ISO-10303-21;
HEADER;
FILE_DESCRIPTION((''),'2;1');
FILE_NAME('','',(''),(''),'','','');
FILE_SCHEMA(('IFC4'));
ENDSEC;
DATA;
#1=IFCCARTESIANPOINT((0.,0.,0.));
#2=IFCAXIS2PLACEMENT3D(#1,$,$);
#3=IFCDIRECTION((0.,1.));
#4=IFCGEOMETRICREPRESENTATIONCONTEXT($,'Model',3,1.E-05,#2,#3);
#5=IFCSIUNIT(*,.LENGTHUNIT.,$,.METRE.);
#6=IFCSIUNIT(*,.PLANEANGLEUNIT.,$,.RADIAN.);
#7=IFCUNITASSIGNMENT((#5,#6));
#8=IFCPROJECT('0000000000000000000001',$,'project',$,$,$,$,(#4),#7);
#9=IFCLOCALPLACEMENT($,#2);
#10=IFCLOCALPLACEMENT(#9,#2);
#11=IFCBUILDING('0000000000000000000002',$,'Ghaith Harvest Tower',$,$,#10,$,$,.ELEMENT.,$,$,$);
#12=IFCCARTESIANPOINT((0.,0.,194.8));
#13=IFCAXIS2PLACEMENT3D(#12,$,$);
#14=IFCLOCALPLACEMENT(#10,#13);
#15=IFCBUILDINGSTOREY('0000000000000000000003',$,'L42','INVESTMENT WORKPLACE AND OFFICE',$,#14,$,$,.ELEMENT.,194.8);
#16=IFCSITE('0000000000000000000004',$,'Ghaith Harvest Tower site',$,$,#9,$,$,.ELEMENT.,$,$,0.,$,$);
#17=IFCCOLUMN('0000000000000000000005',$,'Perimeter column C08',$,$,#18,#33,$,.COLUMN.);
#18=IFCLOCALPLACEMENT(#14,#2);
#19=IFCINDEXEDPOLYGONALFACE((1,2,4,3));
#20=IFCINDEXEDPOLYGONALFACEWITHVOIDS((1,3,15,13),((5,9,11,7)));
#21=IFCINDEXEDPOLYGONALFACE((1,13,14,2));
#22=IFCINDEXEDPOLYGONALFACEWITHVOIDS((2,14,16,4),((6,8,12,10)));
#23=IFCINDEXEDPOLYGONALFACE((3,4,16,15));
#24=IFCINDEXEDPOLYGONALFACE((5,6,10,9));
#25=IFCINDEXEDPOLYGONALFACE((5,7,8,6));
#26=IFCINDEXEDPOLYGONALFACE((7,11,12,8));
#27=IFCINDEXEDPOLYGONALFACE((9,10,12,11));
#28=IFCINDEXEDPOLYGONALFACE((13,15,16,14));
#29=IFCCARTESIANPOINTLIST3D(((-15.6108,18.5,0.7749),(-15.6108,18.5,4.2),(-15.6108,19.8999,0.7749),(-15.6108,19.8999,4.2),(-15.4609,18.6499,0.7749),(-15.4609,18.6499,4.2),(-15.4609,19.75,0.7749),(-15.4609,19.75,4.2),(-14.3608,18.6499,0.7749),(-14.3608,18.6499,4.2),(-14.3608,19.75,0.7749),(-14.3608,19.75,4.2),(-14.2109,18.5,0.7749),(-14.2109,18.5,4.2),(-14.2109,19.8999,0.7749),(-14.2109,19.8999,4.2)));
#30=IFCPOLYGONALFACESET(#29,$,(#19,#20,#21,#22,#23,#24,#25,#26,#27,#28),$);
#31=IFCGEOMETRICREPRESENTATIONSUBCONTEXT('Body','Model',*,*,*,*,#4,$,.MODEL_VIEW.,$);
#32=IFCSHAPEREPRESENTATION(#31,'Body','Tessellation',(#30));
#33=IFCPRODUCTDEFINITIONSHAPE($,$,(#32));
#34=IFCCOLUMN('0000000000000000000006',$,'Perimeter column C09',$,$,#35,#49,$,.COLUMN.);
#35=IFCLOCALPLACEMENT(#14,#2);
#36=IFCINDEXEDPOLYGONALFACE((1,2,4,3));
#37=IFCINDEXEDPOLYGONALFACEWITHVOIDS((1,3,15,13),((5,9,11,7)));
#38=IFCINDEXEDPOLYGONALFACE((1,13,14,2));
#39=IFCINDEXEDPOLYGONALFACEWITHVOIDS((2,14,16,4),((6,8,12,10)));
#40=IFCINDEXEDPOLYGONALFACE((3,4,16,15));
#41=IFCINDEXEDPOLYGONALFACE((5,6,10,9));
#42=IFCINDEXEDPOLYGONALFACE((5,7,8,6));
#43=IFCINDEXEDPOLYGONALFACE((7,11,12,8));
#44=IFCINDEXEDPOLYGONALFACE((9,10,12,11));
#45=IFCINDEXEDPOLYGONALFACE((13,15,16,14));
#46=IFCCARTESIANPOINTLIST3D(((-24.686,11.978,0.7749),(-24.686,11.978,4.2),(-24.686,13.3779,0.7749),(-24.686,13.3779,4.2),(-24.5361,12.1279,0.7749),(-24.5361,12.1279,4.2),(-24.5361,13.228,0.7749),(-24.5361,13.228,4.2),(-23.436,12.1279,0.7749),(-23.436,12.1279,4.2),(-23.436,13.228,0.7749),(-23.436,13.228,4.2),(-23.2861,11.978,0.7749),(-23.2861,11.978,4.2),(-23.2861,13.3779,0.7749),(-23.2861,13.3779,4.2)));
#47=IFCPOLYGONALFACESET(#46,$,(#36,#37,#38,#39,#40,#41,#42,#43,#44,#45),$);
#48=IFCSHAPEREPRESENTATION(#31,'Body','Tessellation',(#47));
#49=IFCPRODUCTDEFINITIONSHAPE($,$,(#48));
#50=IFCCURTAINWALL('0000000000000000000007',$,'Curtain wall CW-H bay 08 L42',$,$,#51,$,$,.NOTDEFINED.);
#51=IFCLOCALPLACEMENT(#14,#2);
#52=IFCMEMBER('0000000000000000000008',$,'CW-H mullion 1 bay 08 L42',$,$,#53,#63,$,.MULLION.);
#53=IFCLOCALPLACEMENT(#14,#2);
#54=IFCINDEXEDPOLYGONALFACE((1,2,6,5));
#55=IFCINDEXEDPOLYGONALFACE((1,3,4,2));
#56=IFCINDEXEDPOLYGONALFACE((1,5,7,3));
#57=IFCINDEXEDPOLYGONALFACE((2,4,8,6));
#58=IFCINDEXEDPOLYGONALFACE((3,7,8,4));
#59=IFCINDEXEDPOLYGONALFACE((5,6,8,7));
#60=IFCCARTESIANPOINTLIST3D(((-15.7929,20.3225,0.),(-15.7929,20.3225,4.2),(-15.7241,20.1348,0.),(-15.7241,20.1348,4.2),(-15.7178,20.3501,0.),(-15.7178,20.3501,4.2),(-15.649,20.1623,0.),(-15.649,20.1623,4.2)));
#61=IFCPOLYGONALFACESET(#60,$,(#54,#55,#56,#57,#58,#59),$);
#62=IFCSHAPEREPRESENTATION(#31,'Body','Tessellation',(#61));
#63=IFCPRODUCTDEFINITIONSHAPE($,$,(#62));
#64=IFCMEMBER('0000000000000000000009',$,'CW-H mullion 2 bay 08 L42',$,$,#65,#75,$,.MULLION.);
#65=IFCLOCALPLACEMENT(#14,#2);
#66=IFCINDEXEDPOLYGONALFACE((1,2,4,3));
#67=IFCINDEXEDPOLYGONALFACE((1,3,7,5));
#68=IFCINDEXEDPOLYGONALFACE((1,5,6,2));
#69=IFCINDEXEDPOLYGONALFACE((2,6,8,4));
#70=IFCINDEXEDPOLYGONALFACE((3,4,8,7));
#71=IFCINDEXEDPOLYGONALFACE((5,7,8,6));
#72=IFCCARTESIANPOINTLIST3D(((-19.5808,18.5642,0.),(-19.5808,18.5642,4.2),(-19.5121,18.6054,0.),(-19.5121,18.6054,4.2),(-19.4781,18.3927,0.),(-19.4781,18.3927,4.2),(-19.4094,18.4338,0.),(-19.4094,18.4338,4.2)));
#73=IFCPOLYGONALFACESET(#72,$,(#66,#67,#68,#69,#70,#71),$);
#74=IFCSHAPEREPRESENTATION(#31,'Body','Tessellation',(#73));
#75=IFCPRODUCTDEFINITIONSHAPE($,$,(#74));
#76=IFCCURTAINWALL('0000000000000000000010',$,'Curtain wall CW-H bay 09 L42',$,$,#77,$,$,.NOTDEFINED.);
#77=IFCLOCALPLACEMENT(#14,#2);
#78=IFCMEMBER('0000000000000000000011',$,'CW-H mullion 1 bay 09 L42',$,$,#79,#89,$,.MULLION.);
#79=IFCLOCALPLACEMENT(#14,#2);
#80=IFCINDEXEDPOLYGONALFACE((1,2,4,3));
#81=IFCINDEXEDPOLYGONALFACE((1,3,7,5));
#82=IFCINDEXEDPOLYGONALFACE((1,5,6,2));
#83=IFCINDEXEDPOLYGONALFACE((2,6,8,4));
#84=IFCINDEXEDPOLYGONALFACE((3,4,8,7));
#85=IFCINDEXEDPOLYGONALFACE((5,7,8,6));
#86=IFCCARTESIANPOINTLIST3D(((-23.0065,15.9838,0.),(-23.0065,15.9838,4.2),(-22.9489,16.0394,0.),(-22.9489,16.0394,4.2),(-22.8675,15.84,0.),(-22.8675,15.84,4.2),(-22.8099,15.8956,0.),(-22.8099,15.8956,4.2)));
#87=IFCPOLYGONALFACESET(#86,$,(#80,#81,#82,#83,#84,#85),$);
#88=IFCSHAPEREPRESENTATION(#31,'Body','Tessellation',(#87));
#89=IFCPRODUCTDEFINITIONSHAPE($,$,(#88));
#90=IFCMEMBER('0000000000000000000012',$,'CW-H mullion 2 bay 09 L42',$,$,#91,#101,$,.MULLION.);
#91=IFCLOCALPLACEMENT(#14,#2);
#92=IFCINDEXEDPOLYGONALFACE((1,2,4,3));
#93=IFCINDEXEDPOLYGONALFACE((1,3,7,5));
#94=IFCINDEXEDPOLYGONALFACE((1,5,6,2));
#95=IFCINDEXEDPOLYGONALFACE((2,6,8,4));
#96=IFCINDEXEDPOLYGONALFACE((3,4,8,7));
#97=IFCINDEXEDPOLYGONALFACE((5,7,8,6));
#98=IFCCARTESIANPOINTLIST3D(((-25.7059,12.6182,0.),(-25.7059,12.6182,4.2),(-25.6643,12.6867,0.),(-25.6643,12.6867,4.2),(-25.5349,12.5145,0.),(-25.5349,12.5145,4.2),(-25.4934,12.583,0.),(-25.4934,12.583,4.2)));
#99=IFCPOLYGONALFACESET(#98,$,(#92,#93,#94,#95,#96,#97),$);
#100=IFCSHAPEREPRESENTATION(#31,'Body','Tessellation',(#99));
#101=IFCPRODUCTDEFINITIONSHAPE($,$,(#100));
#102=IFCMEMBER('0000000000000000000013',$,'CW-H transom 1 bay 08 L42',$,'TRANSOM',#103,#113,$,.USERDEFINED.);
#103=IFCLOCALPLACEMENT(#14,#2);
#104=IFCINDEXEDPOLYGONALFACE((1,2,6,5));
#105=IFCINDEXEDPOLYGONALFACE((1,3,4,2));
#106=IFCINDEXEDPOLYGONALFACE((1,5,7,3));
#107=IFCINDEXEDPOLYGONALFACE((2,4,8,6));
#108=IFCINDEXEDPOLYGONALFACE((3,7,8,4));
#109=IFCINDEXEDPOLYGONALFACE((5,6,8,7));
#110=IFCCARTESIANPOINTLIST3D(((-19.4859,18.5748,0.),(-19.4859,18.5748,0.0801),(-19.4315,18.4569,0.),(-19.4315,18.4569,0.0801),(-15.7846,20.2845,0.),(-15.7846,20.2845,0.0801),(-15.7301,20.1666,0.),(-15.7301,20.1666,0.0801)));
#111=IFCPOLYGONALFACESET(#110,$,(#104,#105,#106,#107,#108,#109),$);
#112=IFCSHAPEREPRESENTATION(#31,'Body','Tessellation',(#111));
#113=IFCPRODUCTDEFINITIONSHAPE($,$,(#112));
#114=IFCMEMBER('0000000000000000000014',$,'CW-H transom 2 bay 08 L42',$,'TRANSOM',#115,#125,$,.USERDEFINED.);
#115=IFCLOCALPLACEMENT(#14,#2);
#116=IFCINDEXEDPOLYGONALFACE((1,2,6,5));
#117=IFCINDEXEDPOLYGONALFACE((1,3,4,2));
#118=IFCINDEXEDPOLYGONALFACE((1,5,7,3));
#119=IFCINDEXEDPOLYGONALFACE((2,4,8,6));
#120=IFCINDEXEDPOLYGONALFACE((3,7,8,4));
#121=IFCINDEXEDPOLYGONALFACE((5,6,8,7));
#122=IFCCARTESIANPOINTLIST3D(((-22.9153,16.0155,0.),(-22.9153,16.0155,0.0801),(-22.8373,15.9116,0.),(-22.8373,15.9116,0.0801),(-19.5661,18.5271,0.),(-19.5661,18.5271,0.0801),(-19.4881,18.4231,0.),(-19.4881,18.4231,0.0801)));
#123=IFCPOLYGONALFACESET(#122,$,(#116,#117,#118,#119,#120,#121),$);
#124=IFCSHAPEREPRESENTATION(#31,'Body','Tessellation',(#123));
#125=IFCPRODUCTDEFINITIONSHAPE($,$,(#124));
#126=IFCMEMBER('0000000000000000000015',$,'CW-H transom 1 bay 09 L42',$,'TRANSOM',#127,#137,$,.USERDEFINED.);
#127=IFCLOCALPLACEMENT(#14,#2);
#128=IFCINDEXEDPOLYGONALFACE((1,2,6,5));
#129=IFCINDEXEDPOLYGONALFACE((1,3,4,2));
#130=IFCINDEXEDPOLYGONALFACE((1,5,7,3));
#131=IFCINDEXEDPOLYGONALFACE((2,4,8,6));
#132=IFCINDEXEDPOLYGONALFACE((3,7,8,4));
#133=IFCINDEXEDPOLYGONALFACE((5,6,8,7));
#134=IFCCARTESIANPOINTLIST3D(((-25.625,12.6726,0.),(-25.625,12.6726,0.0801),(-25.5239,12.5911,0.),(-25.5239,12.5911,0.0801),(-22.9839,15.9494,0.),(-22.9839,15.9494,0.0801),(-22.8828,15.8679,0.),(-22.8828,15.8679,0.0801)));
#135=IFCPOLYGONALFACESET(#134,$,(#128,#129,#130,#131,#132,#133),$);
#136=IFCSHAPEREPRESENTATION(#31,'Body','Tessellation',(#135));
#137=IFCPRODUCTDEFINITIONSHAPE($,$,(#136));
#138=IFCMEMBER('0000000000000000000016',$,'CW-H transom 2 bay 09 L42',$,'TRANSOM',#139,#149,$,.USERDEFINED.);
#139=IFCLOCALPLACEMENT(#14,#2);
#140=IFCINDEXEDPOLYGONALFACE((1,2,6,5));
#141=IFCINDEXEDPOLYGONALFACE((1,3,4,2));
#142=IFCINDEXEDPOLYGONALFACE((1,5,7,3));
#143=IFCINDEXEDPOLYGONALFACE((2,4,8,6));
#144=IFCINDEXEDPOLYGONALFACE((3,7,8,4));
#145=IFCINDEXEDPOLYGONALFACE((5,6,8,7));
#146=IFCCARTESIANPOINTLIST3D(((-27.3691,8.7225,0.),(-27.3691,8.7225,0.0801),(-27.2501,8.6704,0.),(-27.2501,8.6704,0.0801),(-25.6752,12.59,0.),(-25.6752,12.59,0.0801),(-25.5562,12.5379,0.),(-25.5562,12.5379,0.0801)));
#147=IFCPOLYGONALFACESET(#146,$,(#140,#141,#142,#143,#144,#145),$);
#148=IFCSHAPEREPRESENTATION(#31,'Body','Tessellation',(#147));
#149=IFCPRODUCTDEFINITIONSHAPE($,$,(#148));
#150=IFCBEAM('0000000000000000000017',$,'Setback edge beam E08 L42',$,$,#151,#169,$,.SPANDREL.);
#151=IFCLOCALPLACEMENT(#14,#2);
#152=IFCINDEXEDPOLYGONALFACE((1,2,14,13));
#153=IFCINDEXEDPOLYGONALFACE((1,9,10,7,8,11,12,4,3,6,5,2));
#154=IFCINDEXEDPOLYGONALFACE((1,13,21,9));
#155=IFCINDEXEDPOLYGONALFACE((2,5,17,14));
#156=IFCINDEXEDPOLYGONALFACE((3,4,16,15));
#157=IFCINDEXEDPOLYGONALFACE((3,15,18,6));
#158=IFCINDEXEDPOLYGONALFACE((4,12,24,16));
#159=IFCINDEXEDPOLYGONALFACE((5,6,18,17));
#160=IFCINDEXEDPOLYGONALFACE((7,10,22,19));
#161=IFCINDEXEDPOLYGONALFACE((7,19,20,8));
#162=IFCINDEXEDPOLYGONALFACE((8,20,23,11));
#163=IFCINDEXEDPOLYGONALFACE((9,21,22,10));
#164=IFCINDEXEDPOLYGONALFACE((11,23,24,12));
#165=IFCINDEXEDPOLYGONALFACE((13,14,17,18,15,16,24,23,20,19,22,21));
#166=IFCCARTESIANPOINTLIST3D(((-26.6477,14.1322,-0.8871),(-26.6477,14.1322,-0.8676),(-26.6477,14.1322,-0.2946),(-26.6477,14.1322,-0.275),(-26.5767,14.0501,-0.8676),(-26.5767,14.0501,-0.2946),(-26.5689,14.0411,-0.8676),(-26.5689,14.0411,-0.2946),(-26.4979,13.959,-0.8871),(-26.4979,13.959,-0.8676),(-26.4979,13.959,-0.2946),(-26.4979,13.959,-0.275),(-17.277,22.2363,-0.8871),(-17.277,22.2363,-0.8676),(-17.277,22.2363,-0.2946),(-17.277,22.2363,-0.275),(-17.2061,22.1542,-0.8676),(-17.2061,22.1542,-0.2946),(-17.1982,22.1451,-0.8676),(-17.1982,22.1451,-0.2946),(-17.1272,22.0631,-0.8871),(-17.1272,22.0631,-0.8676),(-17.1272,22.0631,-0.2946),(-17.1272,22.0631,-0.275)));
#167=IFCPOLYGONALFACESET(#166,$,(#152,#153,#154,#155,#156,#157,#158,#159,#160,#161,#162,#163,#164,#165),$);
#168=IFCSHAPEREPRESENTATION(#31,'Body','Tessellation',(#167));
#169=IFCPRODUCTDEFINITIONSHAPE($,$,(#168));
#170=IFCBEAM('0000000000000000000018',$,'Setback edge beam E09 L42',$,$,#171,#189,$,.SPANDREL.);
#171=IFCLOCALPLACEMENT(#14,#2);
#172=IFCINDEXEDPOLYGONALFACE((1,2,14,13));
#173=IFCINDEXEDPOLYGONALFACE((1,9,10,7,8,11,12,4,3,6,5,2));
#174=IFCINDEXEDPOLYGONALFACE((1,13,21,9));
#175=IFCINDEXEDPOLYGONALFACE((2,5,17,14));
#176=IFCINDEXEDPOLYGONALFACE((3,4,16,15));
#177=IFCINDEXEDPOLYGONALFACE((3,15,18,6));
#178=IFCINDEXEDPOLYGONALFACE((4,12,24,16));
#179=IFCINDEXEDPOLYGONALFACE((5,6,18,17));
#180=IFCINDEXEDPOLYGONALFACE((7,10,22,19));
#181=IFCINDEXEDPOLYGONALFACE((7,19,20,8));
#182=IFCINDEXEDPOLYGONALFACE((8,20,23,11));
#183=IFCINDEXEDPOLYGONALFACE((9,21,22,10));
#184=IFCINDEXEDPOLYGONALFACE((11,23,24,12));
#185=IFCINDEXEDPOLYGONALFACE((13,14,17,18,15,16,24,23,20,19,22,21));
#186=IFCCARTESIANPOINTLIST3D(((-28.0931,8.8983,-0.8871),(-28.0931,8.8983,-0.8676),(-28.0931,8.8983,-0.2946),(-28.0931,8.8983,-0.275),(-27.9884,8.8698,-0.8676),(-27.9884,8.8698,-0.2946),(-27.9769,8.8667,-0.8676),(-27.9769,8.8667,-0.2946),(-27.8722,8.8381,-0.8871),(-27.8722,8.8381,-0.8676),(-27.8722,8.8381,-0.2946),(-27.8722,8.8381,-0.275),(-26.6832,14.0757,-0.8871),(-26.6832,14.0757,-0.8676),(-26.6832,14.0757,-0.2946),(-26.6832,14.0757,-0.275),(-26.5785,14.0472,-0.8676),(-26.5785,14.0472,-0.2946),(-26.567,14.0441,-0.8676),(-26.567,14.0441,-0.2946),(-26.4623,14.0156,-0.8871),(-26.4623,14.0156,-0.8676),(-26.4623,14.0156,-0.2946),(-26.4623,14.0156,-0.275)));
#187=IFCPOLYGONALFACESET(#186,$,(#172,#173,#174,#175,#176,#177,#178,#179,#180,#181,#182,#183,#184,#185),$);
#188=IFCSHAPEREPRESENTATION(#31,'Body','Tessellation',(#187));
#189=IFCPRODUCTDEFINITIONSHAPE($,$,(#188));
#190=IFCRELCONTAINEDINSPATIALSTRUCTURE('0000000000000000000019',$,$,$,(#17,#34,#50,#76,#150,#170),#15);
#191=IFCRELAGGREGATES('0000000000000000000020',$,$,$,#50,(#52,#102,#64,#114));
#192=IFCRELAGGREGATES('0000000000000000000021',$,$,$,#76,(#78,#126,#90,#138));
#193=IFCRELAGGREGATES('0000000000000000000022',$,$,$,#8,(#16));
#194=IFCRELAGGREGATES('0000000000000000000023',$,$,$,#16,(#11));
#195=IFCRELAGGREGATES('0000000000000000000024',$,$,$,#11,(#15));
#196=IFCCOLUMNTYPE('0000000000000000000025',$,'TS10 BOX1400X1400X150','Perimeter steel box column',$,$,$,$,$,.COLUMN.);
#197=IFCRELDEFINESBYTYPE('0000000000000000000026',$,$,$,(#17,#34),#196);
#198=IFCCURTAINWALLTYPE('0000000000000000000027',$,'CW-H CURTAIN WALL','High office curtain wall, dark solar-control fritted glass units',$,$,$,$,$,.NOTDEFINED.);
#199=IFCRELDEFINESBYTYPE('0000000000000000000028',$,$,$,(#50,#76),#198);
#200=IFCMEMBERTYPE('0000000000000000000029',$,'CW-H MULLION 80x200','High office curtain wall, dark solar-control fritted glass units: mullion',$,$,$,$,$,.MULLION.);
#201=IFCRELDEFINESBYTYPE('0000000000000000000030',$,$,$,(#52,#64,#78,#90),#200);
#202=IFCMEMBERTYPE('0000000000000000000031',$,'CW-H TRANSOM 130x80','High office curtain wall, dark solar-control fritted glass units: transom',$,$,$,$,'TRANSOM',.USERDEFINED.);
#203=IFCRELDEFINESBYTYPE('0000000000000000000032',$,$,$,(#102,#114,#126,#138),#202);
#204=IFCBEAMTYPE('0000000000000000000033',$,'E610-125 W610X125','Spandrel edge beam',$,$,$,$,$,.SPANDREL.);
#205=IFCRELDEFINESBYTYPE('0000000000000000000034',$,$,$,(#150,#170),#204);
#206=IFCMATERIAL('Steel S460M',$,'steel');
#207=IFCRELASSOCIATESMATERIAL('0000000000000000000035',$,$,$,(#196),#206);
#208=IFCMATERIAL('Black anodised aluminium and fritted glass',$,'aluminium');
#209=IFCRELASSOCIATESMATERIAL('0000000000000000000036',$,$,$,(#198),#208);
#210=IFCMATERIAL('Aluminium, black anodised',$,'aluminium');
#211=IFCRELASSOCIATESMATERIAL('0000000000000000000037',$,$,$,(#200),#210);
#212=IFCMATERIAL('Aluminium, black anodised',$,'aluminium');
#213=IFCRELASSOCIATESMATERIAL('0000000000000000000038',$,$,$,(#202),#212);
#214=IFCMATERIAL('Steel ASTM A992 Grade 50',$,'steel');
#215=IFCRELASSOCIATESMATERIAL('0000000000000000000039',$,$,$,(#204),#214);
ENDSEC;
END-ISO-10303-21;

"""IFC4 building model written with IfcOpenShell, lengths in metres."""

from ifc_helpers import new_model, si_unit, direction, frame, origin, origin_2d, place, context, subcontext, project, spatial, rectangle, hollow_rectangle, i_section, extrude, material, material_profile, profile_set, type_object, element, aggregate, save


model = new_model("IFC4")

# Units and contexts
model_context = context("Model", 3, precision=1e-05, world=origin(), true_north=direction((0.0, 1.0)))
body_context = subcontext(model_context, "Body", "Model", "MODEL_VIEW")
ifc_project = project(units=[si_unit("LENGTHUNIT", "METRE"), si_unit("PLANEANGLEUNIT", "RADIAN")], contexts=[model_context])

# Site, building, storey
site_placement = place(None, origin())
site = spatial("IfcSite", under=ifc_project, at=site_placement, Name="Ghaith Harvest Tower site", CompositionType="ELEMENT", RefElevation=0.0)
building_placement = place(site_placement, origin())
building = spatial("IfcBuilding", under=site, at=building_placement, Name="Ghaith Harvest Tower", CompositionType="ELEMENT")
storey_placement = place(building_placement, frame((0.0, 0.0, 194.8)))
storey = spatial("IfcBuildingStorey", under=building, at=storey_placement, Name="L42", Description="INVESTMENT WORKPLACE AND OFFICE", CompositionType="ELEMENT", Elevation=194.8)

# Columns
ifc_material_1 = material(Name="Steel S460M", Category="steel")
ifc_material_profile_1 = material_profile(ifc_material_1, hollow_rectangle(XDim=1.3999, YDim=1.3999, WallThickness=0.1499, at=origin_2d()), Name="BOX1400X1400X150")
ifc_profile_set_1 = profile_set([ifc_material_profile_1], Name="Steel S460M")
column_type = type_object("IfcColumnType", Name="TS10 BOX1400X1400X150", Description="Perimeter steel box column", PredefinedType="COLUMN", material=ifc_profile_set_1)
for number, where, z_axis, x_axis, name in (
    (1, (-14.9109, 19.2, 0.7749), (0.0, 0.0, 1.0), (1.0, 0.0, 0.0), "Perimeter column C08"),
    (2, (-23.9861, 12.678, 0.7749), (0.0, 0.0, 1.0), (1.0, 0.0, 0.0), "Perimeter column C09"),
):
    element("IfcColumn", number, at=place(storey_placement, frame(where, z_axis=z_axis, x_axis=x_axis)), inside=storey, type_object=column_type, Name=name, PredefinedType="COLUMN", context=body_context, shape_type="SweptSolid", body=[
        extrude(hollow_rectangle(XDim=1.3999, YDim=1.3999, WallThickness=0.1499, at=origin_2d()), origin(), (0.0, 0.0, 1.0), 3.425),
    ])

# Curtain walls, members
ifc_material_2 = material(Name="Black anodised aluminium and fritted glass", Category="aluminium")
curtain_wall_type = type_object("IfcCurtainWallType", Name="CW-H CURTAIN WALL", Description="High office curtain wall, dark solar-control fritted glass units", PredefinedType="NOTDEFINED", material=ifc_material_2)
curtain_wall_1_placement = place(storey_placement, origin())
curtain_wall_1 = element("IfcCurtainWall", 3, at=curtain_wall_1_placement, inside=storey, type_object=curtain_wall_type, Name="Curtain wall CW-H bay 08 L42", PredefinedType="NOTDEFINED")
ifc_material_3 = material(Name="Aluminium, black anodised", Category="aluminium")
ifc_material_profile_2 = material_profile(ifc_material_3, rectangle(XDim=0.0801, YDim=0.2, at=origin_2d()), Name="CW-H MULLION 80x200")
ifc_profile_set_2 = profile_set([ifc_material_profile_2], Name="Aluminium, black anodised")
member_type_1 = type_object("IfcMemberType", Name="CW-H MULLION 80x200", Description="High office curtain wall, dark solar-control fritted glass units: mullion", PredefinedType="MULLION", material=ifc_profile_set_2)
member_1_placement = place(storey_placement, frame((-15.7209, 20.2424, 0.0), z_axis=(0.0, 0.0, 1.0), x_axis=(-0.938931, -0.344106, 0.0)))
member_1 = element("IfcMember", 4, at=member_1_placement, type_object=member_type_1, Name="CW-H mullion 1 bay 08 L42", PredefinedType="MULLION", context=body_context, shape_type="SweptSolid", body=[
    extrude(rectangle(XDim=0.0801, YDim=0.2, at=origin_2d()), origin(), (0.0, 0.0, 1.0), 4.2),
])
member_2_placement = place(storey_placement, frame((-19.4951, 18.499, 0.0), z_axis=(0.0, 0.0, 1.0), x_axis=(-0.857999, -0.513652, 0.0)))
member_2 = element("IfcMember", 5, at=member_2_placement, type_object=member_type_1, Name="CW-H mullion 2 bay 08 L42", PredefinedType="MULLION", context=body_context, shape_type="SweptSolid", body=[
    extrude(rectangle(XDim=0.0801, YDim=0.2, at=origin_2d()), origin(), (0.0, 0.0, 1.0), 4.2),
])
curtain_wall_2_placement = place(storey_placement, origin())
curtain_wall_2 = element("IfcCurtainWall", 6, at=curtain_wall_2_placement, inside=storey, type_object=curtain_wall_type, Name="Curtain wall CW-H bay 09 L42", PredefinedType="NOTDEFINED")
member_3_placement = place(storey_placement, frame((-22.9082, 15.9397, 0.0), z_axis=(0.0, 0.0, 1.0), x_axis=(-0.719146, -0.694859, 0.0)))
member_3 = element("IfcMember", 7, at=member_3_placement, type_object=member_type_1, Name="CW-H mullion 1 bay 09 L42", PredefinedType="MULLION", context=body_context, shape_type="SweptSolid", body=[
    extrude(rectangle(XDim=0.0801, YDim=0.2, at=origin_2d()), origin(), (0.0, 0.0, 1.0), 4.2),
])
member_4_placement = place(storey_placement, frame((-25.5996, 12.6006, 0.0), z_axis=(0.0, 0.0, 1.0), x_axis=(-0.518769, -0.854914, 0.0)))
member_4 = element("IfcMember", 8, at=member_4_placement, type_object=member_type_1, Name="CW-H mullion 2 bay 09 L42", PredefinedType="MULLION", context=body_context, shape_type="SweptSolid", body=[
    extrude(rectangle(XDim=0.0801, YDim=0.2, at=origin_2d()), origin(), (0.0, 0.0, 1.0), 4.2),
])

# Members
ifc_material_4 = material(Name="Aluminium, black anodised", Category="aluminium")
ifc_material_profile_3 = material_profile(ifc_material_4, rectangle(XDim=0.1299, YDim=0.0801, at=origin_2d()), Name="CW-H TRANSOM 130x80")
ifc_profile_set_3 = profile_set([ifc_material_profile_3], Name="Aluminium, black anodised")
member_type_2 = type_object("IfcMemberType", Name="CW-H TRANSOM 130x80", Description="High office curtain wall, dark solar-control fritted glass units: transom", ElementType="TRANSOM", PredefinedType="USERDEFINED", material=ifc_profile_set_3)
member_5_placement = place(storey_placement, frame((-15.7573, 20.2256, 0.04), z_axis=(-0.907831, -0.419335, 0.0), x_axis=(0.419335, -0.907831, 0.0)))
member_5 = element("IfcMember", 9, at=member_5_placement, type_object=member_type_2, Name="CW-H transom 1 bay 08 L42", ObjectType="TRANSOM", PredefinedType="USERDEFINED", context=body_context, shape_type="SweptSolid", body=[
    extrude(rectangle(XDim=0.1299, YDim=0.0801, at=origin_2d()), origin(), (0.0, 0.0, 1.0), 4.0771),
])
member_6_placement = place(storey_placement, frame((-19.5271, 18.4751, 0.04), z_axis=(-0.800042, -0.599944, 0.0), x_axis=(0.599944, -0.800042, 0.0)))
member_6 = element("IfcMember", 10, at=member_6_placement, type_object=member_type_2, Name="CW-H transom 2 bay 08 L42", ObjectType="TRANSOM", PredefinedType="USERDEFINED", context=body_context, shape_type="SweptSolid", body=[
    extrude(rectangle(XDim=0.1299, YDim=0.0801, at=origin_2d()), origin(), (0.0, 0.0, 1.0), 4.1863),
])
member_7_placement = place(storey_placement, frame((-22.9333, 15.9087, 0.04), z_axis=(-0.627535, -0.778589, 0.0), x_axis=(0.778589, -0.627535, 0.0)))
member_7 = element("IfcMember", 11, at=member_7_placement, type_object=member_type_2, Name="CW-H transom 1 bay 09 L42", ObjectType="TRANSOM", PredefinedType="USERDEFINED", context=body_context, shape_type="SweptSolid", body=[
    extrude(rectangle(XDim=0.1299, YDim=0.0801, at=origin_2d()), origin(), (0.0, 0.0, 1.0), 4.2087),
])
member_8_placement = place(storey_placement, frame((-25.6157, 12.564, 0.04), z_axis=(-0.401186, -0.915997, 0.0), x_axis=(0.915997, -0.401186, 0.0)))
member_8 = element("IfcMember", 12, at=member_8_placement, type_object=member_type_2, Name="CW-H transom 2 bay 09 L42", ObjectType="TRANSOM", PredefinedType="USERDEFINED", context=body_context, shape_type="SweptSolid", body=[
    extrude(rectangle(XDim=0.1299, YDim=0.0801, at=origin_2d()), origin(), (0.0, 0.0, 1.0), 4.2222),
])

# Beams
ifc_material_5 = material(Name="Steel ASTM A992 Grade 50", Category="steel")
ifc_material_profile_4 = material_profile(ifc_material_5, i_section(OverallWidth=0.229, OverallDepth=0.6121, WebThickness=0.012, FlangeThickness=0.0195, at=origin_2d()), Name="W610X125")
ifc_profile_set_4 = profile_set([ifc_material_profile_4], Name="Steel ASTM A992 Grade 50")
beam_type_1 = type_object("IfcBeamType", Name="E610-125 W610X125", Description="Spandrel edge beam", PredefinedType="SPANDREL", material=ifc_profile_set_4)
beam_1_placement = place(storey_placement, frame((-17.2021, 22.1497, -0.5811), z_axis=(-0.756375, -0.654138, 0.0), x_axis=(0.654138, -0.756375, 0.0)))
element("IfcBeam", 13, at=beam_1_placement, inside=storey, type_object=beam_type_1, Name="Setback edge beam E08 L42", PredefinedType="SPANDREL", context=body_context, shape_type="SweptSolid", body=[
    extrude(i_section(OverallWidth=0.229, OverallDepth=0.6121, WebThickness=0.012, FlangeThickness=0.0195, at=origin_2d()), origin(), (0.0, 0.0, 1.0), 12.3889),
])
beam_2_placement = place(storey_placement, frame((-26.5728, 14.0457, -0.5811), z_axis=(-0.262748, -0.964865, 0.0), x_axis=(0.964865, -0.262748, 0.0)))
element("IfcBeam", 14, at=beam_2_placement, inside=storey, type_object=beam_type_1, Name="Setback edge beam E09 L42", PredefinedType="SPANDREL", context=body_context, shape_type="SweptSolid", body=[
    extrude(i_section(OverallWidth=0.229, OverallDepth=0.6121, WebThickness=0.012, FlangeThickness=0.0195, at=origin_2d()), origin(), (0.0, 0.0, 1.0), 5.366),
])

aggregate(curtain_wall_1, [member_1, member_5, member_2, member_6])
aggregate(curtain_wall_2, [member_3, member_7, member_4, member_8])

save(model, "model.ifc")
